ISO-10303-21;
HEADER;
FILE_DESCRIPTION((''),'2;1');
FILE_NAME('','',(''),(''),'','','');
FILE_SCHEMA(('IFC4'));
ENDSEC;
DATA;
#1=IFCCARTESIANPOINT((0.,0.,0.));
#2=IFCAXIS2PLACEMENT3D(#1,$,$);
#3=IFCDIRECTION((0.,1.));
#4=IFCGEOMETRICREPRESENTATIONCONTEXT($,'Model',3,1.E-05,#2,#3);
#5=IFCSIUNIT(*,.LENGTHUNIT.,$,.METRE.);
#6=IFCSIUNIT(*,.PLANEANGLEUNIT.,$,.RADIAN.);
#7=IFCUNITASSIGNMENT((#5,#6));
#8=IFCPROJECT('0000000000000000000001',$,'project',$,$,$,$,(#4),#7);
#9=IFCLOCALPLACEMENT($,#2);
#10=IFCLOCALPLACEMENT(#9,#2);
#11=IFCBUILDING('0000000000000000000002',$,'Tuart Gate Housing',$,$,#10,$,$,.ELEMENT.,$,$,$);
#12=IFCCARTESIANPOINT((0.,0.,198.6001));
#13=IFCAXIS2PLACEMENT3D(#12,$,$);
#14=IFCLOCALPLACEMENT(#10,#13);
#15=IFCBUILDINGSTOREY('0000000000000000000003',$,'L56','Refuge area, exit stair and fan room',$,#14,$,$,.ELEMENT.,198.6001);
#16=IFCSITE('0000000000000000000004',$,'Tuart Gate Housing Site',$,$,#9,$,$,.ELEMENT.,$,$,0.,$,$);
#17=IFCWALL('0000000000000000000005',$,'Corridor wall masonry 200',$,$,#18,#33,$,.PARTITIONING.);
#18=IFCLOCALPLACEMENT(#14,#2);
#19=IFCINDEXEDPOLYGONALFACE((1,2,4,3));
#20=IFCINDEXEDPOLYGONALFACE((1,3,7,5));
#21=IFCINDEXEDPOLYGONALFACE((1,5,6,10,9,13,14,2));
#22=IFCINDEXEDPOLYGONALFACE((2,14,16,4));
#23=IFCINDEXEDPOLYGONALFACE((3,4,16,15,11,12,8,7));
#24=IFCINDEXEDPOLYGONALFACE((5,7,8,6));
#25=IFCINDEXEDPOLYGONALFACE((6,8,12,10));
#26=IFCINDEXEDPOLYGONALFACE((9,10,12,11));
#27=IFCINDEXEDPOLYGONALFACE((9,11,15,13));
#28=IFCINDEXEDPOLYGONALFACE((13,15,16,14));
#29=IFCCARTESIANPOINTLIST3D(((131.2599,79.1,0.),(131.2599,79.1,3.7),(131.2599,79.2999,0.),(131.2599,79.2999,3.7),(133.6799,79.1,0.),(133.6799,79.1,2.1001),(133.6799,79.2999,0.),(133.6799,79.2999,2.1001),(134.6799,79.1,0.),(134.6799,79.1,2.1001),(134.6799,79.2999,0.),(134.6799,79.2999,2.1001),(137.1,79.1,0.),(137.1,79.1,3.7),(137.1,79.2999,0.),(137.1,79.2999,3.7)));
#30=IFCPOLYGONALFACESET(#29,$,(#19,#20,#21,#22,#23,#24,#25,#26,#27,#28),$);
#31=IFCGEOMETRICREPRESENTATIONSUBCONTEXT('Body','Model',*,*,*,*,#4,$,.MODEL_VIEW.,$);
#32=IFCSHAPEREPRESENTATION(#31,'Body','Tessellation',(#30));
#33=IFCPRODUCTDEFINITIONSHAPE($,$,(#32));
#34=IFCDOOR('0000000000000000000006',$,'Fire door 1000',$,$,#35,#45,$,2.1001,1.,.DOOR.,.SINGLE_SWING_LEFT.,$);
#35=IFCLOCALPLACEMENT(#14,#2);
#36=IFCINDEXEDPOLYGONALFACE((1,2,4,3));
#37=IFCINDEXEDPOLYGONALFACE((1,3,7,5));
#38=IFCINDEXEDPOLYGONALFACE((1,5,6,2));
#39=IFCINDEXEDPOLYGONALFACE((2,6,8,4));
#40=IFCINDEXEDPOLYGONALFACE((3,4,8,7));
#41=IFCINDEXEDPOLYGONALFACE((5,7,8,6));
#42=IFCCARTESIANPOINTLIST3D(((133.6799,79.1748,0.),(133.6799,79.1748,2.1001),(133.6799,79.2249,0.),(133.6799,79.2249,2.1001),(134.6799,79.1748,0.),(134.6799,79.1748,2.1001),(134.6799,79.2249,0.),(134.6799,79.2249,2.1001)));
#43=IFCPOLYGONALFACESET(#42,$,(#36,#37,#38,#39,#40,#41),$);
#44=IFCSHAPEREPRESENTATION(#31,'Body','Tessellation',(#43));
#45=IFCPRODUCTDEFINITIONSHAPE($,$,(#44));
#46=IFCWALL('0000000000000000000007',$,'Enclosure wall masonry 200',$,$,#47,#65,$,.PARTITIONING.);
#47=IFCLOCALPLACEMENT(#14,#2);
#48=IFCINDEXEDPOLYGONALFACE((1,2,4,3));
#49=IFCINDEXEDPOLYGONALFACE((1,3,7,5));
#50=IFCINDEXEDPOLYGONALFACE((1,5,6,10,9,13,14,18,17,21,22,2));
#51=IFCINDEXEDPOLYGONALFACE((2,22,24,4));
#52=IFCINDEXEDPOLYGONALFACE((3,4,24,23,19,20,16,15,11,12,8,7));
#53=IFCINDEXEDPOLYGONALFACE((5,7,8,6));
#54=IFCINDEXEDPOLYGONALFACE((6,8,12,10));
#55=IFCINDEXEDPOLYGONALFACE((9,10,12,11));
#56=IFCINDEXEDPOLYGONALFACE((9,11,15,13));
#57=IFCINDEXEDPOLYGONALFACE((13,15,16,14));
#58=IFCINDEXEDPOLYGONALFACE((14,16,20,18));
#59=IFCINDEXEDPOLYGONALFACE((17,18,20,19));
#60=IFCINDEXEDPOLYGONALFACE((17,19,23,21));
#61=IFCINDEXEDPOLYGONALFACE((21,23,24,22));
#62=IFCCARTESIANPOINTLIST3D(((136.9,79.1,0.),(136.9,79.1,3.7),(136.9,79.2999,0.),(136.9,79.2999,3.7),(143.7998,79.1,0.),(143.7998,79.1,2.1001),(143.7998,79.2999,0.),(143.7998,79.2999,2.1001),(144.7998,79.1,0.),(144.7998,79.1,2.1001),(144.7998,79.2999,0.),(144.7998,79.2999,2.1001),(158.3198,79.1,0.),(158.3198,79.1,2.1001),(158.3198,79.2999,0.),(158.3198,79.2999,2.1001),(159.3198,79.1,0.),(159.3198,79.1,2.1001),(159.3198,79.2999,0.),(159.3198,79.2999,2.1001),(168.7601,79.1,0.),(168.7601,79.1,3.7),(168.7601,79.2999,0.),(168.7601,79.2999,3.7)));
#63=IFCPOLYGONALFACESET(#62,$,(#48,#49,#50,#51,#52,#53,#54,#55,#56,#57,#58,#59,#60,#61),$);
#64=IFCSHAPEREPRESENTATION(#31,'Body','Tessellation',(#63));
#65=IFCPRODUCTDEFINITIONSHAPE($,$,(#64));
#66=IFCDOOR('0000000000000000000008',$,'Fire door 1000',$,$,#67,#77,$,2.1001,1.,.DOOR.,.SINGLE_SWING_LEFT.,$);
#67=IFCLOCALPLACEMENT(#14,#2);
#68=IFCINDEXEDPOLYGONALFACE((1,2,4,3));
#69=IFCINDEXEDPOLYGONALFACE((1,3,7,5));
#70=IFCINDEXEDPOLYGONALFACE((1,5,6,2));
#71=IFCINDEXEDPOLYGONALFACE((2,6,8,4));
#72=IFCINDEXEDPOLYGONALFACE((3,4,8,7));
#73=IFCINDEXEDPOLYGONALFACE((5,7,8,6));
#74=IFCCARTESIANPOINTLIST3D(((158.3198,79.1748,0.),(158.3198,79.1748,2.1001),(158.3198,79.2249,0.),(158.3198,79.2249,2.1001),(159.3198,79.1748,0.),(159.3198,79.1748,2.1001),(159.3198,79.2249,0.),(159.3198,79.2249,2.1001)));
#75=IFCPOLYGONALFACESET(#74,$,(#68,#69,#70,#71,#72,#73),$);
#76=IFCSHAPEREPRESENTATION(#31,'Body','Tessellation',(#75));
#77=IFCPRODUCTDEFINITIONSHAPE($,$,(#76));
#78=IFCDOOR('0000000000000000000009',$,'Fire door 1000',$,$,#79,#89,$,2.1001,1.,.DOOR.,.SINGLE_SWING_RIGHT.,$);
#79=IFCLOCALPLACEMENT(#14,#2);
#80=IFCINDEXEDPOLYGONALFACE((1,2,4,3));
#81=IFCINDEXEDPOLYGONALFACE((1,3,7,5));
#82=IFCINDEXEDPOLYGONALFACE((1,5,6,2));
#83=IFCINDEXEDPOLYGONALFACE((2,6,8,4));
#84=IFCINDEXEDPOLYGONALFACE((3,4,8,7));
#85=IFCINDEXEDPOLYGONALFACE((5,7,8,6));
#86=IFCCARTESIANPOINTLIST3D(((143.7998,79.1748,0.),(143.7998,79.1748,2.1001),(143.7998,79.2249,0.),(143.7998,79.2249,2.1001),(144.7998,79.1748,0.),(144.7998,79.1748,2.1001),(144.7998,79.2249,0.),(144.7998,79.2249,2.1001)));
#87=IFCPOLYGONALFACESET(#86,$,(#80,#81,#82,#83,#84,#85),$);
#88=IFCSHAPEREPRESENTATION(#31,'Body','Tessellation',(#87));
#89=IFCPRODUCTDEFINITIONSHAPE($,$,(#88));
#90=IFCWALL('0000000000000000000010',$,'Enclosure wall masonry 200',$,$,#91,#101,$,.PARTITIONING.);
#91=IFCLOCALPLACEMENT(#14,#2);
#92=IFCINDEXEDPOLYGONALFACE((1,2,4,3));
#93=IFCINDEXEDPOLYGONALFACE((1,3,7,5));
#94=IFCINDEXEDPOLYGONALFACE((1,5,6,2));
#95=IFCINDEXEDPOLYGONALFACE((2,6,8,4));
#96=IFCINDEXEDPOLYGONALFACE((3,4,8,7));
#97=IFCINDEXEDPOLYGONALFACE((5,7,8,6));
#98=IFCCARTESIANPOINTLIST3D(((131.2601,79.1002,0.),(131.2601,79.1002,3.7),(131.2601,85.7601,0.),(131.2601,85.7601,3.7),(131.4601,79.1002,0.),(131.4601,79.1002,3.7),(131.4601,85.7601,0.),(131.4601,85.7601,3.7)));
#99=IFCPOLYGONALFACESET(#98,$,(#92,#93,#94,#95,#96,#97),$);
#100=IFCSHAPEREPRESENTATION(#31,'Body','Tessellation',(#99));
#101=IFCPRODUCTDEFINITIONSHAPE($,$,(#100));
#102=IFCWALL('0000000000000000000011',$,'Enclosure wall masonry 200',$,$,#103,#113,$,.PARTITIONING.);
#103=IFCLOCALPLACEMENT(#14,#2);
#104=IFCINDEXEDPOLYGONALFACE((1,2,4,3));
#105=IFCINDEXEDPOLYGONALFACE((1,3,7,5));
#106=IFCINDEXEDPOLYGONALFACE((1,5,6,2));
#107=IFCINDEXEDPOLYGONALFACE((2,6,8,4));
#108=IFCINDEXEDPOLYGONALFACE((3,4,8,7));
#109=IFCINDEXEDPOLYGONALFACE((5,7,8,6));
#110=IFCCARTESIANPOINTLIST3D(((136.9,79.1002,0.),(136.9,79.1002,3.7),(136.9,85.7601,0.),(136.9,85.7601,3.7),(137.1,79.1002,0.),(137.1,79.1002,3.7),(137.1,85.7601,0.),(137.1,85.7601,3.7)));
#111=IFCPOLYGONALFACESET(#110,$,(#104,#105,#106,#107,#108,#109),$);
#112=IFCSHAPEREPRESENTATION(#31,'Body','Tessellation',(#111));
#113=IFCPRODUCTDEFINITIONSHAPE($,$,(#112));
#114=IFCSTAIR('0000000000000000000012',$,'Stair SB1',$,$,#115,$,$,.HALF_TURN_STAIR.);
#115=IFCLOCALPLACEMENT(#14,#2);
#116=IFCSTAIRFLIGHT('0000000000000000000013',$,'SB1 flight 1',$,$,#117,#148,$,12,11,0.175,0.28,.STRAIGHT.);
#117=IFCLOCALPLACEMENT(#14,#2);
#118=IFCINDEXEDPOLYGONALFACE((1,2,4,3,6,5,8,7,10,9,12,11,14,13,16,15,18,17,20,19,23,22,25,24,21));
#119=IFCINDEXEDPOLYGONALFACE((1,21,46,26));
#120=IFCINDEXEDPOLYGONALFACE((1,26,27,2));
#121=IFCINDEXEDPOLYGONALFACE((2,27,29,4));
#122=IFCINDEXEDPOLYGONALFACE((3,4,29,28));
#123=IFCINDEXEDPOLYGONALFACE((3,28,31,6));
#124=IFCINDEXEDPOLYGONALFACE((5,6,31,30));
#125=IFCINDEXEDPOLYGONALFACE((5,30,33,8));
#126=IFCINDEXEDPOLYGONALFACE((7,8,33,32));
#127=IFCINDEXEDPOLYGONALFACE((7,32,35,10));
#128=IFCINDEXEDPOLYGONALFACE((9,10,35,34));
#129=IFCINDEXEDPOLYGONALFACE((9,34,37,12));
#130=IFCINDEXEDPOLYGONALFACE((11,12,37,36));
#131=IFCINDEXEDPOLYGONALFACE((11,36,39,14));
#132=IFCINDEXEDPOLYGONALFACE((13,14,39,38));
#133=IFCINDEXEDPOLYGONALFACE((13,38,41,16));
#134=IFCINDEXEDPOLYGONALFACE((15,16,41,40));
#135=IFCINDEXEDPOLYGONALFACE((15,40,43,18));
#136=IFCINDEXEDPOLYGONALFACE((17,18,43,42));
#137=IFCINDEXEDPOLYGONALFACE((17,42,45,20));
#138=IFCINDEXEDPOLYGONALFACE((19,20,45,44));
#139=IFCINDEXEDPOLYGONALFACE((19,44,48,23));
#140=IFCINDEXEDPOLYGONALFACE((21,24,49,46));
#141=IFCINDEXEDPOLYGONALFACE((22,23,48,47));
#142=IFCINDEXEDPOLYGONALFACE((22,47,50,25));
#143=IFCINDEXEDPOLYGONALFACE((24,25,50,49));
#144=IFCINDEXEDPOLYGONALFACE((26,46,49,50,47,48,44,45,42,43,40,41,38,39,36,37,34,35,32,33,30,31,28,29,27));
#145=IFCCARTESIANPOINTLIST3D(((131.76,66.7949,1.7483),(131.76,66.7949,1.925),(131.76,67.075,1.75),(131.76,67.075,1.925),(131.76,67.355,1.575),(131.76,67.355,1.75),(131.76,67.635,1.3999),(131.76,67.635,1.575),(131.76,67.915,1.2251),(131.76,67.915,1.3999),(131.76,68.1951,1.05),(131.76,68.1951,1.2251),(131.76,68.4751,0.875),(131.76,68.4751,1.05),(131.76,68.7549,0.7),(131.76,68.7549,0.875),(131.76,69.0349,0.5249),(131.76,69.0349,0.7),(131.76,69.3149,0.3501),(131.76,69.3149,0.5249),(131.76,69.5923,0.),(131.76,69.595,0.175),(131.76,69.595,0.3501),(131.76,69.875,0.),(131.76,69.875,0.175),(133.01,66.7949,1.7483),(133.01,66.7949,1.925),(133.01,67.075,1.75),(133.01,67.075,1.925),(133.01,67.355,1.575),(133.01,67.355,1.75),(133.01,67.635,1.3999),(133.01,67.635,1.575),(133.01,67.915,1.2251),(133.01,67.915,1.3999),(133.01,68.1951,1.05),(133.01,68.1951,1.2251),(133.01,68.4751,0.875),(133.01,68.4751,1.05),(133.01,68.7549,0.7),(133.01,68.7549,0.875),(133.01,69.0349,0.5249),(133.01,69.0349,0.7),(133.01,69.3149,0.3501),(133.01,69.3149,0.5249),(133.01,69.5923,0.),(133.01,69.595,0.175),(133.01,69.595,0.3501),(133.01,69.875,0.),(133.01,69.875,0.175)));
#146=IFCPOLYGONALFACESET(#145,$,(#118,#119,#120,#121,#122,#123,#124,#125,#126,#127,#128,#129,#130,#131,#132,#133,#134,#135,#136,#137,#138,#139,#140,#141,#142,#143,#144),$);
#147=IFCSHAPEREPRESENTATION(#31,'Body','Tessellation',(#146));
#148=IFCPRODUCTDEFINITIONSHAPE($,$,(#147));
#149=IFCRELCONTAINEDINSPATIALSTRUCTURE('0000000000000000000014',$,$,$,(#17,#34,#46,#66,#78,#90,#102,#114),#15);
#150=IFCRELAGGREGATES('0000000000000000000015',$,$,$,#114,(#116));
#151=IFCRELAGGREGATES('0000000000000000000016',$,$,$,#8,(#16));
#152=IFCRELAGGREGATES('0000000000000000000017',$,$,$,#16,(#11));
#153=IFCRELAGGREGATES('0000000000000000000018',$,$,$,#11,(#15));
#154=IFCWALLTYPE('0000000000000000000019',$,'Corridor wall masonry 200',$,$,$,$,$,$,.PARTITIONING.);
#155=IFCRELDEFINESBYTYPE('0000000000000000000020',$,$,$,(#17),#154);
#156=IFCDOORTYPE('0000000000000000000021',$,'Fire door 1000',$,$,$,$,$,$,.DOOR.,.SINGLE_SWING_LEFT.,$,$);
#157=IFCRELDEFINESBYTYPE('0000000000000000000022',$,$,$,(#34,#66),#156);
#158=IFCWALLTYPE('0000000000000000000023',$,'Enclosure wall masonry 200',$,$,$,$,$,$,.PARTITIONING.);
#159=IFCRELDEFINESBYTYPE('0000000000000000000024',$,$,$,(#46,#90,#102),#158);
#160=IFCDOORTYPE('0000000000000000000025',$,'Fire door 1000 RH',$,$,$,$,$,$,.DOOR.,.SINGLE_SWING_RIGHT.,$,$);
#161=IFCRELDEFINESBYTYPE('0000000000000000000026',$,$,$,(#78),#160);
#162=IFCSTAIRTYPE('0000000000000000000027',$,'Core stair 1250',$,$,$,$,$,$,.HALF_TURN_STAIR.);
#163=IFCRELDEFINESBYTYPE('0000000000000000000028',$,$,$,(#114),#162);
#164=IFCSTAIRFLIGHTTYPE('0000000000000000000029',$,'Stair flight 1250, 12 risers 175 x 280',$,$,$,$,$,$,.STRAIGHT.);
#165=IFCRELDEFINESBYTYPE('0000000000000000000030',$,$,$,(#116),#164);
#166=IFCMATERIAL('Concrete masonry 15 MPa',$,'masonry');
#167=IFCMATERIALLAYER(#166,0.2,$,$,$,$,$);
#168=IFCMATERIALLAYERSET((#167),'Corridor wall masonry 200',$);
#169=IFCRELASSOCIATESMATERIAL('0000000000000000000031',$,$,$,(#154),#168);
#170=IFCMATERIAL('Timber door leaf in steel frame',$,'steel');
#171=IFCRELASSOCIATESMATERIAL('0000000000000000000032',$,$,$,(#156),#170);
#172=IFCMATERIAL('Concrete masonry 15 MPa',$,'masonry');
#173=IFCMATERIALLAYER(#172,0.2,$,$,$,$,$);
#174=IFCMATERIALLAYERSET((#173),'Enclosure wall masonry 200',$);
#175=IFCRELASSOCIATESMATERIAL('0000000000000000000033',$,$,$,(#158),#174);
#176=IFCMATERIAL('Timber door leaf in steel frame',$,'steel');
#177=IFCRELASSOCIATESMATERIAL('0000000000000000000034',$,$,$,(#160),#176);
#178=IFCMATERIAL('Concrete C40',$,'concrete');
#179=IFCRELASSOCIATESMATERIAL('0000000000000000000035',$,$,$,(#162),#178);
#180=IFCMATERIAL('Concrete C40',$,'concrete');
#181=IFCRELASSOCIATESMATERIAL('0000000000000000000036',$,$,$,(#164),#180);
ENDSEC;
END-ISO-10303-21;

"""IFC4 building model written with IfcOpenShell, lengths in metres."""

from ifc_helpers import new_model, si_unit, direction, frame, frame_2d, origin, place, context, subcontext, project, spatial, polyline, rectangle, outline, extrude, material, layer, layer_set, type_object, element, fill, aggregate, save


model = new_model("IFC4")

# Units and contexts
model_context = context("Model", 3, precision=1e-05, world=origin(), true_north=direction((0.0, 1.0)))
body_context = subcontext(model_context, "Body", "Model", "MODEL_VIEW")
ifc_project = project(units=[si_unit("LENGTHUNIT", "METRE"), si_unit("PLANEANGLEUNIT", "RADIAN")], contexts=[model_context])

# Site, building, storey
site_placement = place(None, origin())
site = spatial("IfcSite", under=ifc_project, at=site_placement, Name="Tuart Gate Housing Site", CompositionType="ELEMENT", RefElevation=0.0)
building_placement = place(site_placement, origin())
building = spatial("IfcBuilding", under=site, at=building_placement, Name="Tuart Gate Housing", CompositionType="ELEMENT")
storey_placement = place(building_placement, frame((0.0, 0.0, 198.6001)))
storey = spatial("IfcBuildingStorey", under=building, at=storey_placement, Name="L56", Description="Refuge area, exit stair and fan room", CompositionType="ELEMENT", Elevation=198.6001)

# Wall, opening, door
ifc_material_1 = material(Name="Concrete masonry 15 MPa", Category="masonry")
ifc_layer_1 = layer(ifc_material_1, 0.2)
ifc_layer_set_1 = layer_set([ifc_layer_1], Name="Corridor wall masonry 200")
wall_type_1 = type_object("IfcWallType", Name="Corridor wall masonry 200", PredefinedType="PARTITIONING", material=ifc_layer_set_1)
wall_1_placement = place(storey_placement, frame((131.26, 79.2, 0.0), z_axis=(0.0, 0.0, 1.0), x_axis=(1.0, 0.0, 0.0)))
wall_1 = element("IfcWall", 1, at=wall_1_placement, inside=storey, type_object=wall_type_1, Name="Corridor wall masonry 200", PredefinedType="PARTITIONING", context=body_context, shape_type="SweptSolid", body=[
    extrude(rectangle(XDim=5.8401, YDim=0.2, at=frame_2d((2.9199, 0.0))), origin(), (0.0, 0.0, 1.0), 3.7),
])
opening_1_placement = place(wall_1_placement, frame((2.4199, 0.0, 0.0)))
opening_1 = element("IfcOpeningElement", 2, at=opening_1_placement, cuts=wall_1, PredefinedType="OPENING", context=body_context, shape_type="SweptSolid", body=[
    extrude(rectangle(XDim=1.0, YDim=2.1001, at=frame_2d((0.5, 1.05))), frame((0.0, 0.1099, 0.0), z_axis=(0.0, -1.0, 0.0), x_axis=(1.0, 0.0, 0.0)), (0.0, 0.0, 1.0), 0.22),
])
ifc_material_2 = material(Name="Timber door leaf in steel frame", Category="steel")
door_type_1 = type_object("IfcDoorType", Name="Fire door 1000", OperationType="SINGLE_SWING_LEFT", PredefinedType="DOOR", material=ifc_material_2)
door_1_placement = place(opening_1_placement, origin())
door_1 = element("IfcDoor", 3, at=door_1_placement, inside=storey, type_object=door_type_1, Name="Fire door 1000", OperationType="SINGLE_SWING_LEFT", OverallHeight=2.1001, OverallWidth=1.0, PredefinedType="DOOR", context=body_context, shape_type="SweptSolid", body=[
    extrude(rectangle(XDim=1.0, YDim=2.1001, at=frame_2d((0.5, 1.05))), frame((0.0, 0.0249, 0.0), z_axis=(0.0, -1.0, 0.0), x_axis=(1.0, 0.0, 0.0)), (0.0, 0.0, 1.0), 0.05),
])
fill(opening_1, door_1)

# Wall, openings, doors
ifc_material_3 = material(Name="Concrete masonry 15 MPa", Category="masonry")
ifc_layer_2 = layer(ifc_material_3, 0.2)
ifc_layer_set_2 = layer_set([ifc_layer_2], Name="Enclosure wall masonry 200")
wall_type_2 = type_object("IfcWallType", Name="Enclosure wall masonry 200", PredefinedType="PARTITIONING", material=ifc_layer_set_2)
wall_2_placement = place(storey_placement, frame((136.8999, 79.2, 0.0), z_axis=(0.0, 0.0, 1.0), x_axis=(1.0, 0.0, 0.0)))
wall_2 = element("IfcWall", 4, at=wall_2_placement, inside=storey, type_object=wall_type_2, Name="Enclosure wall masonry 200", PredefinedType="PARTITIONING", context=body_context, shape_type="SweptSolid", body=[
    extrude(rectangle(XDim=31.8601, YDim=0.2, at=frame_2d((15.9302, 0.0))), origin(), (0.0, 0.0, 1.0), 3.7),
])
opening_2_placement = place(wall_2_placement, frame((6.8999, 0.0, 0.0)))
opening_2 = element("IfcOpeningElement", 5, at=opening_2_placement, cuts=wall_2, PredefinedType="OPENING", context=body_context, shape_type="SweptSolid", body=[
    extrude(rectangle(XDim=1.0, YDim=2.1001, at=frame_2d((0.5, 1.05))), frame((0.0, 0.1099, 0.0), z_axis=(0.0, -1.0, 0.0), x_axis=(1.0, 0.0, 0.0)), (0.0, 0.0, 1.0), 0.22),
])
opening_3_placement = place(wall_2_placement, frame((21.4199, 0.0, 0.0)))
opening_3 = element("IfcOpeningElement", 6, at=opening_3_placement, cuts=wall_2, PredefinedType="OPENING", context=body_context, shape_type="SweptSolid", body=[
    extrude(rectangle(XDim=1.0, YDim=2.1001, at=frame_2d((0.5, 1.05))), frame((0.0, 0.1099, 0.0), z_axis=(0.0, -1.0, 0.0), x_axis=(1.0, 0.0, 0.0)), (0.0, 0.0, 1.0), 0.22),
])
door_2_placement = place(opening_3_placement, origin())
door_2 = element("IfcDoor", 7, at=door_2_placement, inside=storey, type_object=door_type_1, Name="Fire door 1000", OperationType="SINGLE_SWING_LEFT", OverallHeight=2.1001, OverallWidth=1.0, PredefinedType="DOOR", context=body_context, shape_type="SweptSolid", body=[
    extrude(rectangle(XDim=1.0, YDim=2.1001, at=frame_2d((0.5, 1.05))), frame((0.0, 0.0249, 0.0), z_axis=(0.0, -1.0, 0.0), x_axis=(1.0, 0.0, 0.0)), (0.0, 0.0, 1.0), 0.05),
])
fill(opening_3, door_2)
ifc_material_4 = material(Name="Timber door leaf in steel frame", Category="steel")
door_type_2 = type_object("IfcDoorType", Name="Fire door 1000 RH", OperationType="SINGLE_SWING_RIGHT", PredefinedType="DOOR", material=ifc_material_4)
door_3_placement = place(opening_2_placement, origin())
door_3 = element("IfcDoor", 8, at=door_3_placement, inside=storey, type_object=door_type_2, Name="Fire door 1000", OperationType="SINGLE_SWING_RIGHT", OverallHeight=2.1001, OverallWidth=1.0, PredefinedType="DOOR", context=body_context, shape_type="SweptSolid", body=[
    extrude(rectangle(XDim=1.0, YDim=2.1001, at=frame_2d((0.5, 1.05))), frame((0.0, 0.0249, 0.0), z_axis=(0.0, -1.0, 0.0), x_axis=(1.0, 0.0, 0.0)), (0.0, 0.0, 1.0), 0.05),
])
fill(opening_2, door_3)

# Walls
for number, where, z_axis, x_axis, name in (
    (9, (131.3601, 79.1001, 0.0), (0.0, 0.0, 1.0), (0.0, 1.0, 0.0), "Enclosure wall masonry 200"),
    (10, (137.0, 79.1001, 0.0), (0.0, 0.0, 1.0), (0.0, 1.0, 0.0), "Enclosure wall masonry 200"),
):
    element("IfcWall", number, at=place(storey_placement, frame(where, z_axis=z_axis, x_axis=x_axis)), inside=storey, type_object=wall_type_2, Name=name, PredefinedType="PARTITIONING", context=body_context, shape_type="SweptSolid", body=[
        extrude(rectangle(XDim=6.6599, YDim=0.2, at=frame_2d((3.3301, 0.0))), origin(), (0.0, 0.0, 1.0), 3.7),
    ])

# Stair, stair flight
ifc_material_5 = material(Name="Concrete C40", Category="concrete")
stair_type = type_object("IfcStairType", Name="Core stair 1250", PredefinedType="HALF_TURN_STAIR", material=ifc_material_5)
stair_placement = place(storey_placement, origin())
stair = element("IfcStair", 11, at=stair_placement, inside=storey, type_object=stair_type, Name="Stair SB1", PredefinedType="HALF_TURN_STAIR")
ifc_material_6 = material(Name="Concrete C40", Category="concrete")
stair_flight_type = type_object("IfcStairFlightType", Name="Stair flight 1250, 12 risers 175 x 280", PredefinedType="STRAIGHT", material=ifc_material_6)
stair_flight_placement = place(storey_placement, frame((132.385, 69.875, 0.0), z_axis=(0.0, 0.0, 1.0), x_axis=(0.0, -1.0, 0.0)))
stair_flight = element("IfcStairFlight", 12, at=stair_flight_placement, type_object=stair_flight_type, Name="SB1 flight 1", NumberOfRisers=12, NumberOfTreads=11, PredefinedType="STRAIGHT", RiserHeight=0.175, TreadLength=0.28, context=body_context, shape_type="SweptSolid", body=[
    extrude(outline(polyline([(0.0, 0.0), (0.0, 0.175), (0.28, 0.175), (0.28, 0.3501), (0.5601, 0.3501), (0.5601, 0.5249), (0.8401, 0.5249), (0.8401, 0.7), (1.1201, 0.7), (1.1201, 0.875), (1.3999, 0.875), (1.3999, 1.05), (1.6799, 1.05), (1.6799, 1.2251), (1.96, 1.2251), (1.96, 1.3999), (2.24, 1.3999), (2.24, 1.575), (2.52, 1.575), (2.52, 1.75), (2.8, 1.75), (2.8, 1.925), (3.0801, 1.925), (3.0801, 2.1001), (3.0801, 1.7483), (0.2827, 0.0), (0.0, 0.0)])), frame((0.0, 0.625, 0.0), z_axis=(0.0, -1.0, 0.0), x_axis=(1.0, 0.0, 0.0)), (0.0, 0.0, 1.0), 1.25),
])
aggregate(stair, [stair_flight])

save(model, "model.ifc")
